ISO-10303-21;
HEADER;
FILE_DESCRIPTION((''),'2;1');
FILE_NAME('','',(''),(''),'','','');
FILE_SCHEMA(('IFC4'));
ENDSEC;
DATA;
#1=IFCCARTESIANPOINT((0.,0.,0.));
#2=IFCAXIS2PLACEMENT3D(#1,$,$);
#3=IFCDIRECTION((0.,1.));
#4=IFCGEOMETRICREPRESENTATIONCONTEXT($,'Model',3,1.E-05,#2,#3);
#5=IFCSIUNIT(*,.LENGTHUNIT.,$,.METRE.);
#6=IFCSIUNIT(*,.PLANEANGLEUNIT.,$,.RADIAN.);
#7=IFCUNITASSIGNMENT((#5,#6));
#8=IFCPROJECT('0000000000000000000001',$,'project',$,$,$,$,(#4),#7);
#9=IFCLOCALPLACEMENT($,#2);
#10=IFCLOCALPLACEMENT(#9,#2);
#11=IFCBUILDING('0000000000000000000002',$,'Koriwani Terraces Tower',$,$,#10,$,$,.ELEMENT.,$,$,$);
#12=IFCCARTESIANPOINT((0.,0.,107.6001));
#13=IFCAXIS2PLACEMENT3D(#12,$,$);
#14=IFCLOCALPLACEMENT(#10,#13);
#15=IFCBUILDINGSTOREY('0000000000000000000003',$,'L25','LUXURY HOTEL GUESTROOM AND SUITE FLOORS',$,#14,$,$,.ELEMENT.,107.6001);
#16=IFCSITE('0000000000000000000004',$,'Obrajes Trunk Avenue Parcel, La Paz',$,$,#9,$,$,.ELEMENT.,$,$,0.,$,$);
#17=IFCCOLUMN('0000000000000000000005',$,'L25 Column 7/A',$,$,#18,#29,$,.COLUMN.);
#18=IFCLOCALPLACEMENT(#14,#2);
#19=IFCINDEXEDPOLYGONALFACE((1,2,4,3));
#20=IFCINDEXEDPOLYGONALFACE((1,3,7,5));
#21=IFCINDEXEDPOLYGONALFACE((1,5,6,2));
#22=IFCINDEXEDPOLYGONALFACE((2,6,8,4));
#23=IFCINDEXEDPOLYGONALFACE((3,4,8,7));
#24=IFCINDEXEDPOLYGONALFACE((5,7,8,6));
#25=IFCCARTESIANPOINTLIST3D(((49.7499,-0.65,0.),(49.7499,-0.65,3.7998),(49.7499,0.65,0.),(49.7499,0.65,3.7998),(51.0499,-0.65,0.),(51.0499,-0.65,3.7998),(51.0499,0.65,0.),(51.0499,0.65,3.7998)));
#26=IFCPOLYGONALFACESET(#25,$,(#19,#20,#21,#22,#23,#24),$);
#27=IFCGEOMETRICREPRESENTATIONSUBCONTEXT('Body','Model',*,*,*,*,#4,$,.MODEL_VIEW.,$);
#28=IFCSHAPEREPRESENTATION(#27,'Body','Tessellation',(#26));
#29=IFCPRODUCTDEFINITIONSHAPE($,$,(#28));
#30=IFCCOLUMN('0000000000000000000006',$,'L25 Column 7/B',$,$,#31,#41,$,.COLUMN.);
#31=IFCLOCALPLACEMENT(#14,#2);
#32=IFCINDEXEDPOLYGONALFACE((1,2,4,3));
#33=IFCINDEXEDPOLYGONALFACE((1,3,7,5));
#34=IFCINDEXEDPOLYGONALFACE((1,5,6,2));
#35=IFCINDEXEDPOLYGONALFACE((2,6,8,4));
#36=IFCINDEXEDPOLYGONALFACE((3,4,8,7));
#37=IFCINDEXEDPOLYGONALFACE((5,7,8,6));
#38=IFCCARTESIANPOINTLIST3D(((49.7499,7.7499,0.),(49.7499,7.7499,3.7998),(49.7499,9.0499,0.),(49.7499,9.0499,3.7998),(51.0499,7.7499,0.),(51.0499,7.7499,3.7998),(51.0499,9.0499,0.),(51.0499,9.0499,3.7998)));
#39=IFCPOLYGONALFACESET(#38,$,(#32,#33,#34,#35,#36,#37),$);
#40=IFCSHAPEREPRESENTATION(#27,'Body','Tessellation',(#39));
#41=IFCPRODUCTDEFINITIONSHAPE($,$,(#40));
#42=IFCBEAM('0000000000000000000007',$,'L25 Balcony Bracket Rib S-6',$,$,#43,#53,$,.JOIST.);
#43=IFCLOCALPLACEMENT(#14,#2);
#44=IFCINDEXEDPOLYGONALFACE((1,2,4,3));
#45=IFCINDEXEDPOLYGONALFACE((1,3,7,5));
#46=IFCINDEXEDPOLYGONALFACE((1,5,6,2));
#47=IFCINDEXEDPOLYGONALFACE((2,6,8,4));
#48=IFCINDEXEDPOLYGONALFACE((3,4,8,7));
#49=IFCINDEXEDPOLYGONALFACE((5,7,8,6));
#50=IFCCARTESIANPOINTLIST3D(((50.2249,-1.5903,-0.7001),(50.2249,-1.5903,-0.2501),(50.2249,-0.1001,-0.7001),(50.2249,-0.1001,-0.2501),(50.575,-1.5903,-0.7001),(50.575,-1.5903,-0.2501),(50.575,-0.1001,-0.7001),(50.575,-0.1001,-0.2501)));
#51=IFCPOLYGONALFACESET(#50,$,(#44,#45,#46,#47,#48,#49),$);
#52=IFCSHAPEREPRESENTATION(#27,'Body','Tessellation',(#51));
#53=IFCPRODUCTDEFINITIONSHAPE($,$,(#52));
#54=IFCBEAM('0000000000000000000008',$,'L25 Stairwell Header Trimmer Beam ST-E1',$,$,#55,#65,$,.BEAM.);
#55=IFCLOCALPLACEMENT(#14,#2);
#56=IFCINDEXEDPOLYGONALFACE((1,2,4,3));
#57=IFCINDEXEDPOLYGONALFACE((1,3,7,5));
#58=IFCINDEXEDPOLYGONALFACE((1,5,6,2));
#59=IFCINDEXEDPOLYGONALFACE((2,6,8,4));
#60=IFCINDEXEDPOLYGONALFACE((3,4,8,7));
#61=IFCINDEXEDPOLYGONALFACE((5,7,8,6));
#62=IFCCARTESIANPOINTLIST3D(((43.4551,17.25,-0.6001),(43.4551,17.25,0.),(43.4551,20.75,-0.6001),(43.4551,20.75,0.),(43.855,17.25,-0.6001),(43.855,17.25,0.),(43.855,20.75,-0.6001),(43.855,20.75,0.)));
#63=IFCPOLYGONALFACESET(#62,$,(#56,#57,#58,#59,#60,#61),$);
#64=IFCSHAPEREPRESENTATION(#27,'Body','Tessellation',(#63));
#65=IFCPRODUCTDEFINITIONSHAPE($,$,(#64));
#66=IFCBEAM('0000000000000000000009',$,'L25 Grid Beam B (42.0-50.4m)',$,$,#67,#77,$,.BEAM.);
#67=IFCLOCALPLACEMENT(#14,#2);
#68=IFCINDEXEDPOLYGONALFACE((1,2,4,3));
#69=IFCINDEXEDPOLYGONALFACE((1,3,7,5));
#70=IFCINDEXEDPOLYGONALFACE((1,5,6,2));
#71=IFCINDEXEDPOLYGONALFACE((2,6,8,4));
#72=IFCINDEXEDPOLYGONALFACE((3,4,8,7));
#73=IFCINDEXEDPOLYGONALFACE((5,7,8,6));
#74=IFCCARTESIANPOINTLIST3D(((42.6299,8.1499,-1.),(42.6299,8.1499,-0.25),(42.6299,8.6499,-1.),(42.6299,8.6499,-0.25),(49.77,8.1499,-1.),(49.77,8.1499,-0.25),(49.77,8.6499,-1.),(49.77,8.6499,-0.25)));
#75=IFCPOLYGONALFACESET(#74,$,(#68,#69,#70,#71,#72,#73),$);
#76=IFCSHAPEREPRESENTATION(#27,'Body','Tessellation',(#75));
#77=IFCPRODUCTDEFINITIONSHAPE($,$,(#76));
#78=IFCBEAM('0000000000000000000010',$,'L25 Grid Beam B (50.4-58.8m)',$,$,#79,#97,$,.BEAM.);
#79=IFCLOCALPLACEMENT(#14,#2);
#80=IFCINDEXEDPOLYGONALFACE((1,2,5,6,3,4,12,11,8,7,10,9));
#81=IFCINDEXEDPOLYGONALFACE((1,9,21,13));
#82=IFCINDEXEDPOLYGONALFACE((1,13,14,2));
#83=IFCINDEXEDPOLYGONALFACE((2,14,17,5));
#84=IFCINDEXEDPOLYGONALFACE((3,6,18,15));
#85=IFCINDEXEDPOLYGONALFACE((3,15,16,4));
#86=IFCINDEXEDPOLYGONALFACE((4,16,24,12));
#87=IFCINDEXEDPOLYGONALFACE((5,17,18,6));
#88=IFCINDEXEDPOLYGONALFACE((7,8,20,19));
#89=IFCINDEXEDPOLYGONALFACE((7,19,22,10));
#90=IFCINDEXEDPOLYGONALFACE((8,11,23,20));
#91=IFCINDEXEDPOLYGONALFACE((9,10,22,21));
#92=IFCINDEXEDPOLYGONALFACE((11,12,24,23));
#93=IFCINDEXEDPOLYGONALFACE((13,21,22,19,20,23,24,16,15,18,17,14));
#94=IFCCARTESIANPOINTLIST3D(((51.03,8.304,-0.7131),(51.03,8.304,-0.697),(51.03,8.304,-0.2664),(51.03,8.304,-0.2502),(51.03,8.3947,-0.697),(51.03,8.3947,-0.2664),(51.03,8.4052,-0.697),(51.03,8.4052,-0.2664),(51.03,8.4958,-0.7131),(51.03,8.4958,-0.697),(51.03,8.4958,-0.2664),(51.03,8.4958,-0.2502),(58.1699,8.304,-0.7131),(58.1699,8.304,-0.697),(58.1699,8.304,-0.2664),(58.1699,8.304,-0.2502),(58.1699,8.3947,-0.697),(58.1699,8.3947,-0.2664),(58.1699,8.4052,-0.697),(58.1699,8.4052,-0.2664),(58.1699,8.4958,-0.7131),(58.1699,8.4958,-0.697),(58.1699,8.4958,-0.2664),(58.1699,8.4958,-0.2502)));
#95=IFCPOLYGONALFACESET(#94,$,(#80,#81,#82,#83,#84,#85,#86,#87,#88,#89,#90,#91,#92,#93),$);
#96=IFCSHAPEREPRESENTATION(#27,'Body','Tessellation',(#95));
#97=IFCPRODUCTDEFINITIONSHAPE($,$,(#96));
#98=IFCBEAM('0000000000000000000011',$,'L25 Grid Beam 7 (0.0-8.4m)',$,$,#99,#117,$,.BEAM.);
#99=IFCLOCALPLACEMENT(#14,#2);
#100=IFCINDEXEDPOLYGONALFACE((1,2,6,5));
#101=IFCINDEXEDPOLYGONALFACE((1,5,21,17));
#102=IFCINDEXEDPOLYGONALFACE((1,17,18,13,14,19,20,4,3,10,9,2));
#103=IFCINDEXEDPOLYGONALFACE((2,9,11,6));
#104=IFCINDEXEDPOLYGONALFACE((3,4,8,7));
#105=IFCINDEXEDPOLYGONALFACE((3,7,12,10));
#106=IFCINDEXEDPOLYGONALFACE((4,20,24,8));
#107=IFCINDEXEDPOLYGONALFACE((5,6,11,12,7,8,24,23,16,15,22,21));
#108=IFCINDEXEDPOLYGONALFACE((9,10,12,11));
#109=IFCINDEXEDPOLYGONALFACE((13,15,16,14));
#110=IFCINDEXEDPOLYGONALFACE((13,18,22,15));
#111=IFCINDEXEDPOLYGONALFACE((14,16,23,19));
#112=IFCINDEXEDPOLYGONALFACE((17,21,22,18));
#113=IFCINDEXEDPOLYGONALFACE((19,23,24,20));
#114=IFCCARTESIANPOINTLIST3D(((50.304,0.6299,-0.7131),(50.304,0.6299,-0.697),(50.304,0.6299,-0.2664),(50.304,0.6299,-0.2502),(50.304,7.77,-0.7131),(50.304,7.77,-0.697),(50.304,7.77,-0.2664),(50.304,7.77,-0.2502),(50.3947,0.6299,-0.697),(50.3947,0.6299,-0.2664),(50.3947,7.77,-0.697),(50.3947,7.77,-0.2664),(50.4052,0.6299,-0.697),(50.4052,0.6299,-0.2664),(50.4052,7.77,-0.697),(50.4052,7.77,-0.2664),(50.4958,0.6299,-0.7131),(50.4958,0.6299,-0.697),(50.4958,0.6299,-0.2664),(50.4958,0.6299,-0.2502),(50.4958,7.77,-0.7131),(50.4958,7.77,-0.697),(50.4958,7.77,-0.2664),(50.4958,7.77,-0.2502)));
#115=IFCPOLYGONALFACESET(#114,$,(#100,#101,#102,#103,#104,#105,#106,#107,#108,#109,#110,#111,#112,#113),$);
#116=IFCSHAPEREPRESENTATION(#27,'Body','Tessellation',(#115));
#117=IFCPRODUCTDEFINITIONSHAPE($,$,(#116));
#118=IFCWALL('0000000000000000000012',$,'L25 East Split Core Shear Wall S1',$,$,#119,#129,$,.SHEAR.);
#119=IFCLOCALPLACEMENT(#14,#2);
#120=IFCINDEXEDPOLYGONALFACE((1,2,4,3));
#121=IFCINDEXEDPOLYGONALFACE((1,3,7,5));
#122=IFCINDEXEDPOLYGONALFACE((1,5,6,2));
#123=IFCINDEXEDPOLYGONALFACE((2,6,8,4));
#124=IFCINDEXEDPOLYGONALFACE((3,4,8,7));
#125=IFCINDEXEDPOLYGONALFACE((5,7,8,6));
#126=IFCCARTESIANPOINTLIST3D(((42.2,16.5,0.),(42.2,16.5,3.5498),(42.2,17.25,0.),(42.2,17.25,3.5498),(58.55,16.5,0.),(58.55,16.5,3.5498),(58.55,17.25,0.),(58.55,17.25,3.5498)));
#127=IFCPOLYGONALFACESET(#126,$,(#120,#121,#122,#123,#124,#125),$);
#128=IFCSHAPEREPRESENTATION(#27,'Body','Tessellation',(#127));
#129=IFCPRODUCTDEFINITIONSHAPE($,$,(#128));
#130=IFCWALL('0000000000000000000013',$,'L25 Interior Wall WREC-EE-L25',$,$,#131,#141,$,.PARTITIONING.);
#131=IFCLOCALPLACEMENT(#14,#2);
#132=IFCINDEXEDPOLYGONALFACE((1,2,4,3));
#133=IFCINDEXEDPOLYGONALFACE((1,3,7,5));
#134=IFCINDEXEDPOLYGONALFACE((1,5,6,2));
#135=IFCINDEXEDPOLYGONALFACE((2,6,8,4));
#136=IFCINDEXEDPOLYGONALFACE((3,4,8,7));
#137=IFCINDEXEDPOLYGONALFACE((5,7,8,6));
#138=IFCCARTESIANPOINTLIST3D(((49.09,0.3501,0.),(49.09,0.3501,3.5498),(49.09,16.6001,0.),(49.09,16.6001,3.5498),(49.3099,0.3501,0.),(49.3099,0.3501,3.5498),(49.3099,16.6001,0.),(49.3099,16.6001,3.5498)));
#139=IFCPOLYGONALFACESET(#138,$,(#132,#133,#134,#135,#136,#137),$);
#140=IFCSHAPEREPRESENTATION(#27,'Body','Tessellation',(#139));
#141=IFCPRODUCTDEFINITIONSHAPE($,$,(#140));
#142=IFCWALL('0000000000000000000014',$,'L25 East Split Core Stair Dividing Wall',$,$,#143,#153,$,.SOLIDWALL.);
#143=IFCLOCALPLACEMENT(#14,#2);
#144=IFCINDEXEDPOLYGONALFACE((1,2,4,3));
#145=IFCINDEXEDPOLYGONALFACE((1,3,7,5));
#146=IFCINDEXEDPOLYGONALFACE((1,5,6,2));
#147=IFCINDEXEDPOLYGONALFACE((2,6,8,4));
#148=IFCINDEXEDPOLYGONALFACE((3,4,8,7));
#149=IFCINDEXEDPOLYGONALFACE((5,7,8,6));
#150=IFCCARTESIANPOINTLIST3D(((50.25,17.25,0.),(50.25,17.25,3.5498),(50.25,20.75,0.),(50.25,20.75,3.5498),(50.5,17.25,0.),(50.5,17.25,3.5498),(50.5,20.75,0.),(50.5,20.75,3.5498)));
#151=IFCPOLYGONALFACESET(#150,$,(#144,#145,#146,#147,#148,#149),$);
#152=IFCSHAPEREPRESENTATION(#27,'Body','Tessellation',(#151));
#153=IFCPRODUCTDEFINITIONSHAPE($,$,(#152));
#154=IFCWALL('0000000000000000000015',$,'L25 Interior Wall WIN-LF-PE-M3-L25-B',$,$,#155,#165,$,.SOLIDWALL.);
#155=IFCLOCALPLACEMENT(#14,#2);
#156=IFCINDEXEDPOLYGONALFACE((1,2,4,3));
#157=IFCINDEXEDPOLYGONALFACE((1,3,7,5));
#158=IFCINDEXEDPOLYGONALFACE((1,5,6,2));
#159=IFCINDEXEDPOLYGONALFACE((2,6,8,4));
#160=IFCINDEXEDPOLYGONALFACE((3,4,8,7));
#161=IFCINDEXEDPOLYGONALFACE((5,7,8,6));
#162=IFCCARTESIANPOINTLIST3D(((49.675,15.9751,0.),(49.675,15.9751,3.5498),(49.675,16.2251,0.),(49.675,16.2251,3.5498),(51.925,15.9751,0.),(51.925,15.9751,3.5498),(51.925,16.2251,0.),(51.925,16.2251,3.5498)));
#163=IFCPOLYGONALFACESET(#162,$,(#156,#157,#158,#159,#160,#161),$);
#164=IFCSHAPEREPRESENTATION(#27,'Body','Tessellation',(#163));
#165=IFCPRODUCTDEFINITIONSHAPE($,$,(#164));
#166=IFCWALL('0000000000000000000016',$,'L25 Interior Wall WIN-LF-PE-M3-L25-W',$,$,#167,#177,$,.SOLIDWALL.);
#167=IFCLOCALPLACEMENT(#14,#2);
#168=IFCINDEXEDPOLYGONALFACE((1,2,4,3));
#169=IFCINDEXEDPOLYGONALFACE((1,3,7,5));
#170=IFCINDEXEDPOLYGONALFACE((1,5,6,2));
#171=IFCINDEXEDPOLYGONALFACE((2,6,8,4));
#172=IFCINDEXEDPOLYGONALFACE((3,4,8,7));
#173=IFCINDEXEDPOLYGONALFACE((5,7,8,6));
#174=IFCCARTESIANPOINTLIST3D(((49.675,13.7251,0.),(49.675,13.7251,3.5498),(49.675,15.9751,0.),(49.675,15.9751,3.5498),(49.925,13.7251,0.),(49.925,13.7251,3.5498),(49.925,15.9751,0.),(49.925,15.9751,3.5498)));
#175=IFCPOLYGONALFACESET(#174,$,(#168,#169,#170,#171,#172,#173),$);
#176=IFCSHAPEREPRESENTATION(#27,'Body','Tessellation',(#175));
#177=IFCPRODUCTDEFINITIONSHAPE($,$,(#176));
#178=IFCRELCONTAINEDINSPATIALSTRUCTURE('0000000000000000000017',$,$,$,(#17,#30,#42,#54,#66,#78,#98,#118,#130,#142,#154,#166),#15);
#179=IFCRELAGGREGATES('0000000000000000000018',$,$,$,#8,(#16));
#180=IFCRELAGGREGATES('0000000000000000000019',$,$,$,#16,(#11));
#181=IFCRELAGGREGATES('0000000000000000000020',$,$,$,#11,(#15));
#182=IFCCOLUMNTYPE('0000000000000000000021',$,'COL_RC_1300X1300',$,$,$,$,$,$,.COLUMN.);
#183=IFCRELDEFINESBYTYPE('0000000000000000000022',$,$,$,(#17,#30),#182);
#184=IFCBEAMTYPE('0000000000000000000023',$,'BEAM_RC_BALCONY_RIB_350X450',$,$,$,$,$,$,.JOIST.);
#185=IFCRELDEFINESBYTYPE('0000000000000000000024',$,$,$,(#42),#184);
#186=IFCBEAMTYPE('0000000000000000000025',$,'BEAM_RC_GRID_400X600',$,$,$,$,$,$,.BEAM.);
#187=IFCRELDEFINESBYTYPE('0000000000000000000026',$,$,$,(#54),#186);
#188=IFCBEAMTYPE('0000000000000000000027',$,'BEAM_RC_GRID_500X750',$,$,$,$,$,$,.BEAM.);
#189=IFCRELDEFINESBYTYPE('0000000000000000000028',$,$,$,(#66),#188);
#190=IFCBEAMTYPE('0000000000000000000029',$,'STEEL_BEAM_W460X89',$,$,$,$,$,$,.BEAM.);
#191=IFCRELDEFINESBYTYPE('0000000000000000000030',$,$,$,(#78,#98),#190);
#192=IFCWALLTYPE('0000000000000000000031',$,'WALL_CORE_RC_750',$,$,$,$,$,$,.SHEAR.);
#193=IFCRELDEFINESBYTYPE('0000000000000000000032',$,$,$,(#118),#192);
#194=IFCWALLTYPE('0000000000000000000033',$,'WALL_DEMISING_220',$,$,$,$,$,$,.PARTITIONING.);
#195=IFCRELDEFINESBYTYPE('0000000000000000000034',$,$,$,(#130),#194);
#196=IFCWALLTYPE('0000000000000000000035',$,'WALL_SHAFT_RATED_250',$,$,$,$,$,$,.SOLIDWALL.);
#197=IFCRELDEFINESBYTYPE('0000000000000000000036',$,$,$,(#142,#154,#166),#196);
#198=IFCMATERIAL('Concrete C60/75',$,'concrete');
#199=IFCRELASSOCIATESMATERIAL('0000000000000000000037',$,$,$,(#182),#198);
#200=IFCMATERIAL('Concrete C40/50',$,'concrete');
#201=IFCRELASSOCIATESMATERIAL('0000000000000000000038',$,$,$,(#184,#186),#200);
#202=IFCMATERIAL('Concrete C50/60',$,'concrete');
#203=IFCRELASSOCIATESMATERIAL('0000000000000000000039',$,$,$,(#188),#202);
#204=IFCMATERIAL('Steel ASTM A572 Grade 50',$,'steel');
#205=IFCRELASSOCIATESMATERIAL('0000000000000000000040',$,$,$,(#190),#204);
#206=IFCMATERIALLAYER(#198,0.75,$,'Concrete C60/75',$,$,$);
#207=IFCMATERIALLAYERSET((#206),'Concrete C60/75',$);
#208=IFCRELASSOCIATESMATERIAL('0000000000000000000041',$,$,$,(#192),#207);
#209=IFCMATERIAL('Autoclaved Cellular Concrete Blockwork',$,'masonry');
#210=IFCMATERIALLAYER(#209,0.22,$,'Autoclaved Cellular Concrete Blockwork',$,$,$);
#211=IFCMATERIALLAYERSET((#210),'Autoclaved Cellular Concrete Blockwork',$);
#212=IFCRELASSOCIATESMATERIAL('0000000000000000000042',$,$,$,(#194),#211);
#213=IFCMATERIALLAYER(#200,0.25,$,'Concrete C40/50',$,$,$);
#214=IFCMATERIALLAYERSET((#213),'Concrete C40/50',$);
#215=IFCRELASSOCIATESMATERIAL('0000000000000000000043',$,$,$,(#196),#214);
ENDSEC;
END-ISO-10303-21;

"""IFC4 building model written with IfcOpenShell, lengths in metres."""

from ifc_helpers import new_model, si_unit, direction, frame, frame_2d, origin, origin_2d, place, context, subcontext, project, spatial, rectangle, i_section, extrude, material, layer, layer_set, material_profile, profile_set, type_object, element, save


model = new_model("IFC4")

# Units and contexts
model_context = context("Model", 3, precision=1e-05, world=origin(), true_north=direction((0.0, 1.0)))
body_context = subcontext(model_context, "Body", "Model", "MODEL_VIEW")
ifc_project = project(units=[si_unit("LENGTHUNIT", "METRE"), si_unit("PLANEANGLEUNIT", "RADIAN")], contexts=[model_context])

# Site, building, storey
site_placement = place(None, origin())
site = spatial("IfcSite", under=ifc_project, at=site_placement, Name="Obrajes Trunk Avenue Parcel, La Paz", CompositionType="ELEMENT", RefElevation=0.0)
building_placement = place(site_placement, origin())
building = spatial("IfcBuilding", under=site, at=building_placement, Name="Koriwani Terraces Tower", CompositionType="ELEMENT")
storey_placement = place(building_placement, frame((0.0, 0.0, 107.6001)))
storey = spatial("IfcBuildingStorey", under=building, at=storey_placement, Name="L25", Description="LUXURY HOTEL GUESTROOM AND SUITE FLOORS", CompositionType="ELEMENT", Elevation=107.6001)

# Columns
ifc_material_1 = material(Name="Concrete C60/75", Category="concrete")
ifc_material_profile_1 = material_profile(ifc_material_1, rectangle(XDim=1.3, YDim=1.3, at=origin_2d()), Name="Concrete C60/75", Category="LoadBearing")
ifc_profile_set_1 = profile_set([ifc_material_profile_1], Name="Concrete C60/75")
column_type = type_object("IfcColumnType", Name="COL_RC_1300X1300", PredefinedType="COLUMN", material=ifc_profile_set_1)
for number, where, z_axis, x_axis, name in (
    (1, (50.3999, 0.0, 0.0), (0.0, 0.0, 1.0), (1.0, 0.0, 0.0), "L25 Column 7/A"),
    (2, (50.3999, 8.3999, 0.0), (0.0, 0.0, 1.0), (1.0, 0.0, 0.0), "L25 Column 7/B"),
):
    element("IfcColumn", number, at=place(storey_placement, frame(where, z_axis=z_axis, x_axis=x_axis)), inside=storey, type_object=column_type, Name=name, PredefinedType="COLUMN", context=body_context, shape_type="SweptSolid", body=[
        extrude(rectangle(XDim=1.3, YDim=1.3, at=origin_2d()), origin(), (0.0, 0.0, 1.0), 3.7998),
    ])

# Beams
ifc_material_2 = material(Name="Concrete C40/50", Category="concrete")
ifc_material_profile_2 = material_profile(ifc_material_2, rectangle(XDim=0.3501, YDim=0.45, at=origin_2d()), Name="Concrete C40/50", Category="LoadBearing")
ifc_profile_set_2 = profile_set([ifc_material_profile_2], Name="Concrete C40/50")
beam_type_1 = type_object("IfcBeamType", Name="BEAM_RC_BALCONY_RIB_350X450", PredefinedType="JOIST", material=ifc_profile_set_2)
beam_1_placement = place(storey_placement, frame((50.3999, -1.5903, -0.4751), z_axis=(0.0, 1.0, 0.0), x_axis=(-1.0, 0.0, 0.0)))
element("IfcBeam", 3, at=beam_1_placement, inside=storey, type_object=beam_type_1, Name="L25 Balcony Bracket Rib S-6", PredefinedType="JOIST", context=body_context, shape_type="SweptSolid", body=[
    extrude(rectangle(XDim=0.3501, YDim=0.45, at=origin_2d()), origin(), (0.0, 0.0, 1.0), 1.4902),
])
ifc_material_profile_3 = material_profile(ifc_material_2, rectangle(XDim=0.3999, YDim=0.6001, at=origin_2d()), Name="Concrete C40/50", Category="LoadBearing")
ifc_profile_set_3 = profile_set([ifc_material_profile_3], Name="Concrete C40/50")
beam_type_2 = type_object("IfcBeamType", Name="BEAM_RC_GRID_400X600", PredefinedType="BEAM", material=ifc_profile_set_3)
beam_2_placement = place(storey_placement, frame((43.655, 17.25, -0.3), z_axis=(0.0, 1.0, 0.0), x_axis=(-1.0, 0.0, 0.0)))
element("IfcBeam", 4, at=beam_2_placement, inside=storey, type_object=beam_type_2, Name="L25 Stairwell Header Trimmer Beam ST-E1", PredefinedType="BEAM", context=body_context, shape_type="SweptSolid", body=[
    extrude(rectangle(XDim=0.3999, YDim=0.6001, at=origin_2d()), origin(), (0.0, 0.0, 1.0), 3.5),
])
ifc_material_3 = material(Name="Concrete C50/60", Category="concrete")
ifc_material_profile_4 = material_profile(ifc_material_3, rectangle(XDim=0.5, YDim=0.75, at=origin_2d()), Name="Concrete C50/60", Category="LoadBearing")
ifc_profile_set_4 = profile_set([ifc_material_profile_4], Name="Concrete C50/60")
beam_type_3 = type_object("IfcBeamType", Name="BEAM_RC_GRID_500X750", PredefinedType="BEAM", material=ifc_profile_set_4)
beam_3_placement = place(storey_placement, frame((42.6299, 8.3999, -0.625), z_axis=(1.0, 0.0, 0.0), x_axis=(0.0, 1.0, 0.0)))
element("IfcBeam", 5, at=beam_3_placement, inside=storey, type_object=beam_type_3, Name="L25 Grid Beam B (42.0-50.4m)", PredefinedType="BEAM", context=body_context, shape_type="SweptSolid", body=[
    extrude(rectangle(XDim=0.5, YDim=0.75, at=origin_2d()), origin(), (0.0, 0.0, 1.0), 7.1401),
])
ifc_material_4 = material(Name="Steel ASTM A572 Grade 50", Category="steel")
ifc_material_profile_5 = material_profile(ifc_material_4, i_section(OverallWidth=0.1919, OverallDepth=0.4629, WebThickness=0.0105, FlangeThickness=0.0161, at=origin_2d()), Name="Steel ASTM A572 Grade 50", Category="LoadBearing")
ifc_profile_set_5 = profile_set([ifc_material_profile_5], Name="Steel ASTM A572 Grade 50")
beam_type_4 = type_object("IfcBeamType", Name="STEEL_BEAM_W460X89", PredefinedType="BEAM", material=ifc_profile_set_5)
beam_4_placement = place(storey_placement, frame((51.03, 8.3999, -0.4817), z_axis=(1.0, 0.0, 0.0), x_axis=(0.0, 1.0, 0.0)))
element("IfcBeam", 6, at=beam_4_placement, inside=storey, type_object=beam_type_4, Name="L25 Grid Beam B (50.4-58.8m)", PredefinedType="BEAM", context=body_context, shape_type="SweptSolid", body=[
    extrude(i_section(OverallWidth=0.1919, OverallDepth=0.4629, WebThickness=0.0105, FlangeThickness=0.0161, at=origin_2d()), origin(), (0.0, 0.0, 1.0), 7.1399),
])
beam_5_placement = place(storey_placement, frame((50.3999, 0.6299, -0.4817), z_axis=(0.0, 1.0, 0.0), x_axis=(-1.0, 0.0, 0.0)))
element("IfcBeam", 7, at=beam_5_placement, inside=storey, type_object=beam_type_4, Name="L25 Grid Beam 7 (0.0-8.4m)", PredefinedType="BEAM", context=body_context, shape_type="SweptSolid", body=[
    extrude(i_section(OverallWidth=0.1919, OverallDepth=0.4629, WebThickness=0.0105, FlangeThickness=0.0161, at=origin_2d()), origin(), (0.0, 0.0, 1.0), 7.1401),
])

# Walls
ifc_layer_1 = layer(ifc_material_1, 0.75, Name="Concrete C60/75")
ifc_layer_set_1 = layer_set([ifc_layer_1], Name="Concrete C60/75")
wall_type_1 = type_object("IfcWallType", Name="WALL_CORE_RC_750", PredefinedType="SHEAR", material=ifc_layer_set_1)
wall_1_placement = place(storey_placement, frame((42.2, 16.875, 0.0), z_axis=(0.0, 0.0, 1.0), x_axis=(1.0, 0.0, 0.0)))
element("IfcWall", 8, at=wall_1_placement, inside=storey, type_object=wall_type_1, Name="L25 East Split Core Shear Wall S1", PredefinedType="SHEAR", context=body_context, shape_type="SweptSolid", body=[
    extrude(rectangle(XDim=16.3501, YDim=0.75, at=frame_2d((8.175, 0.0))), origin(), (0.0, 0.0, 1.0), 3.5498),
])
ifc_material_5 = material(Name="Autoclaved Cellular Concrete Blockwork", Category="masonry")
ifc_layer_2 = layer(ifc_material_5, 0.22, Name="Autoclaved Cellular Concrete Blockwork")
ifc_layer_set_2 = layer_set([ifc_layer_2], Name="Autoclaved Cellular Concrete Blockwork")
wall_type_2 = type_object("IfcWallType", Name="WALL_DEMISING_220", PredefinedType="PARTITIONING", material=ifc_layer_set_2)
wall_2_placement = place(storey_placement, frame((49.2, 0.3501, 0.0), z_axis=(0.0, 0.0, 1.0), x_axis=(0.0, 1.0, 0.0)))
element("IfcWall", 9, at=wall_2_placement, inside=storey, type_object=wall_type_2, Name="L25 Interior Wall WREC-EE-L25", PredefinedType="PARTITIONING", context=body_context, shape_type="SweptSolid", body=[
    extrude(rectangle(XDim=16.25, YDim=0.22, at=frame_2d((8.125, 0.0))), origin(), (0.0, 0.0, 1.0), 3.5498),
])
ifc_layer_3 = layer(ifc_material_2, 0.25, Name="Concrete C40/50")
ifc_layer_set_3 = layer_set([ifc_layer_3], Name="Concrete C40/50")
wall_type_3 = type_object("IfcWallType", Name="WALL_SHAFT_RATED_250", PredefinedType="SOLIDWALL", material=ifc_layer_set_3)
wall_3_placement = place(storey_placement, frame((50.375, 17.25, 0.0), z_axis=(0.0, 0.0, 1.0), x_axis=(0.0, 1.0, 0.0)))
element("IfcWall", 10, at=wall_3_placement, inside=storey, type_object=wall_type_3, Name="L25 East Split Core Stair Dividing Wall", PredefinedType="SOLIDWALL", context=body_context, shape_type="SweptSolid", body=[
    extrude(rectangle(XDim=3.5, YDim=0.25, at=frame_2d((1.75, 0.0))), origin(), (0.0, 0.0, 1.0), 3.5498),
])

# Walls
for number, where, z_axis, x_axis, name in (
    (11, (49.675, 16.1001, 0.0), (0.0, 0.0, 1.0), (1.0, 0.0, 0.0), "L25 Interior Wall WIN-LF-PE-M3-L25-B"),
    (12, (49.8, 13.7251, 0.0), (0.0, 0.0, 1.0), (0.0, 1.0, 0.0), "L25 Interior Wall WIN-LF-PE-M3-L25-W"),
):
    element("IfcWall", number, at=place(storey_placement, frame(where, z_axis=z_axis, x_axis=x_axis)), inside=storey, type_object=wall_type_3, Name=name, PredefinedType="SOLIDWALL", context=body_context, shape_type="SweptSolid", body=[
        extrude(rectangle(XDim=2.25, YDim=0.25, at=frame_2d((1.125, 0.0))), origin(), (0.0, 0.0, 1.0), 3.5498),
    ])

save(model, "model.ifc")
